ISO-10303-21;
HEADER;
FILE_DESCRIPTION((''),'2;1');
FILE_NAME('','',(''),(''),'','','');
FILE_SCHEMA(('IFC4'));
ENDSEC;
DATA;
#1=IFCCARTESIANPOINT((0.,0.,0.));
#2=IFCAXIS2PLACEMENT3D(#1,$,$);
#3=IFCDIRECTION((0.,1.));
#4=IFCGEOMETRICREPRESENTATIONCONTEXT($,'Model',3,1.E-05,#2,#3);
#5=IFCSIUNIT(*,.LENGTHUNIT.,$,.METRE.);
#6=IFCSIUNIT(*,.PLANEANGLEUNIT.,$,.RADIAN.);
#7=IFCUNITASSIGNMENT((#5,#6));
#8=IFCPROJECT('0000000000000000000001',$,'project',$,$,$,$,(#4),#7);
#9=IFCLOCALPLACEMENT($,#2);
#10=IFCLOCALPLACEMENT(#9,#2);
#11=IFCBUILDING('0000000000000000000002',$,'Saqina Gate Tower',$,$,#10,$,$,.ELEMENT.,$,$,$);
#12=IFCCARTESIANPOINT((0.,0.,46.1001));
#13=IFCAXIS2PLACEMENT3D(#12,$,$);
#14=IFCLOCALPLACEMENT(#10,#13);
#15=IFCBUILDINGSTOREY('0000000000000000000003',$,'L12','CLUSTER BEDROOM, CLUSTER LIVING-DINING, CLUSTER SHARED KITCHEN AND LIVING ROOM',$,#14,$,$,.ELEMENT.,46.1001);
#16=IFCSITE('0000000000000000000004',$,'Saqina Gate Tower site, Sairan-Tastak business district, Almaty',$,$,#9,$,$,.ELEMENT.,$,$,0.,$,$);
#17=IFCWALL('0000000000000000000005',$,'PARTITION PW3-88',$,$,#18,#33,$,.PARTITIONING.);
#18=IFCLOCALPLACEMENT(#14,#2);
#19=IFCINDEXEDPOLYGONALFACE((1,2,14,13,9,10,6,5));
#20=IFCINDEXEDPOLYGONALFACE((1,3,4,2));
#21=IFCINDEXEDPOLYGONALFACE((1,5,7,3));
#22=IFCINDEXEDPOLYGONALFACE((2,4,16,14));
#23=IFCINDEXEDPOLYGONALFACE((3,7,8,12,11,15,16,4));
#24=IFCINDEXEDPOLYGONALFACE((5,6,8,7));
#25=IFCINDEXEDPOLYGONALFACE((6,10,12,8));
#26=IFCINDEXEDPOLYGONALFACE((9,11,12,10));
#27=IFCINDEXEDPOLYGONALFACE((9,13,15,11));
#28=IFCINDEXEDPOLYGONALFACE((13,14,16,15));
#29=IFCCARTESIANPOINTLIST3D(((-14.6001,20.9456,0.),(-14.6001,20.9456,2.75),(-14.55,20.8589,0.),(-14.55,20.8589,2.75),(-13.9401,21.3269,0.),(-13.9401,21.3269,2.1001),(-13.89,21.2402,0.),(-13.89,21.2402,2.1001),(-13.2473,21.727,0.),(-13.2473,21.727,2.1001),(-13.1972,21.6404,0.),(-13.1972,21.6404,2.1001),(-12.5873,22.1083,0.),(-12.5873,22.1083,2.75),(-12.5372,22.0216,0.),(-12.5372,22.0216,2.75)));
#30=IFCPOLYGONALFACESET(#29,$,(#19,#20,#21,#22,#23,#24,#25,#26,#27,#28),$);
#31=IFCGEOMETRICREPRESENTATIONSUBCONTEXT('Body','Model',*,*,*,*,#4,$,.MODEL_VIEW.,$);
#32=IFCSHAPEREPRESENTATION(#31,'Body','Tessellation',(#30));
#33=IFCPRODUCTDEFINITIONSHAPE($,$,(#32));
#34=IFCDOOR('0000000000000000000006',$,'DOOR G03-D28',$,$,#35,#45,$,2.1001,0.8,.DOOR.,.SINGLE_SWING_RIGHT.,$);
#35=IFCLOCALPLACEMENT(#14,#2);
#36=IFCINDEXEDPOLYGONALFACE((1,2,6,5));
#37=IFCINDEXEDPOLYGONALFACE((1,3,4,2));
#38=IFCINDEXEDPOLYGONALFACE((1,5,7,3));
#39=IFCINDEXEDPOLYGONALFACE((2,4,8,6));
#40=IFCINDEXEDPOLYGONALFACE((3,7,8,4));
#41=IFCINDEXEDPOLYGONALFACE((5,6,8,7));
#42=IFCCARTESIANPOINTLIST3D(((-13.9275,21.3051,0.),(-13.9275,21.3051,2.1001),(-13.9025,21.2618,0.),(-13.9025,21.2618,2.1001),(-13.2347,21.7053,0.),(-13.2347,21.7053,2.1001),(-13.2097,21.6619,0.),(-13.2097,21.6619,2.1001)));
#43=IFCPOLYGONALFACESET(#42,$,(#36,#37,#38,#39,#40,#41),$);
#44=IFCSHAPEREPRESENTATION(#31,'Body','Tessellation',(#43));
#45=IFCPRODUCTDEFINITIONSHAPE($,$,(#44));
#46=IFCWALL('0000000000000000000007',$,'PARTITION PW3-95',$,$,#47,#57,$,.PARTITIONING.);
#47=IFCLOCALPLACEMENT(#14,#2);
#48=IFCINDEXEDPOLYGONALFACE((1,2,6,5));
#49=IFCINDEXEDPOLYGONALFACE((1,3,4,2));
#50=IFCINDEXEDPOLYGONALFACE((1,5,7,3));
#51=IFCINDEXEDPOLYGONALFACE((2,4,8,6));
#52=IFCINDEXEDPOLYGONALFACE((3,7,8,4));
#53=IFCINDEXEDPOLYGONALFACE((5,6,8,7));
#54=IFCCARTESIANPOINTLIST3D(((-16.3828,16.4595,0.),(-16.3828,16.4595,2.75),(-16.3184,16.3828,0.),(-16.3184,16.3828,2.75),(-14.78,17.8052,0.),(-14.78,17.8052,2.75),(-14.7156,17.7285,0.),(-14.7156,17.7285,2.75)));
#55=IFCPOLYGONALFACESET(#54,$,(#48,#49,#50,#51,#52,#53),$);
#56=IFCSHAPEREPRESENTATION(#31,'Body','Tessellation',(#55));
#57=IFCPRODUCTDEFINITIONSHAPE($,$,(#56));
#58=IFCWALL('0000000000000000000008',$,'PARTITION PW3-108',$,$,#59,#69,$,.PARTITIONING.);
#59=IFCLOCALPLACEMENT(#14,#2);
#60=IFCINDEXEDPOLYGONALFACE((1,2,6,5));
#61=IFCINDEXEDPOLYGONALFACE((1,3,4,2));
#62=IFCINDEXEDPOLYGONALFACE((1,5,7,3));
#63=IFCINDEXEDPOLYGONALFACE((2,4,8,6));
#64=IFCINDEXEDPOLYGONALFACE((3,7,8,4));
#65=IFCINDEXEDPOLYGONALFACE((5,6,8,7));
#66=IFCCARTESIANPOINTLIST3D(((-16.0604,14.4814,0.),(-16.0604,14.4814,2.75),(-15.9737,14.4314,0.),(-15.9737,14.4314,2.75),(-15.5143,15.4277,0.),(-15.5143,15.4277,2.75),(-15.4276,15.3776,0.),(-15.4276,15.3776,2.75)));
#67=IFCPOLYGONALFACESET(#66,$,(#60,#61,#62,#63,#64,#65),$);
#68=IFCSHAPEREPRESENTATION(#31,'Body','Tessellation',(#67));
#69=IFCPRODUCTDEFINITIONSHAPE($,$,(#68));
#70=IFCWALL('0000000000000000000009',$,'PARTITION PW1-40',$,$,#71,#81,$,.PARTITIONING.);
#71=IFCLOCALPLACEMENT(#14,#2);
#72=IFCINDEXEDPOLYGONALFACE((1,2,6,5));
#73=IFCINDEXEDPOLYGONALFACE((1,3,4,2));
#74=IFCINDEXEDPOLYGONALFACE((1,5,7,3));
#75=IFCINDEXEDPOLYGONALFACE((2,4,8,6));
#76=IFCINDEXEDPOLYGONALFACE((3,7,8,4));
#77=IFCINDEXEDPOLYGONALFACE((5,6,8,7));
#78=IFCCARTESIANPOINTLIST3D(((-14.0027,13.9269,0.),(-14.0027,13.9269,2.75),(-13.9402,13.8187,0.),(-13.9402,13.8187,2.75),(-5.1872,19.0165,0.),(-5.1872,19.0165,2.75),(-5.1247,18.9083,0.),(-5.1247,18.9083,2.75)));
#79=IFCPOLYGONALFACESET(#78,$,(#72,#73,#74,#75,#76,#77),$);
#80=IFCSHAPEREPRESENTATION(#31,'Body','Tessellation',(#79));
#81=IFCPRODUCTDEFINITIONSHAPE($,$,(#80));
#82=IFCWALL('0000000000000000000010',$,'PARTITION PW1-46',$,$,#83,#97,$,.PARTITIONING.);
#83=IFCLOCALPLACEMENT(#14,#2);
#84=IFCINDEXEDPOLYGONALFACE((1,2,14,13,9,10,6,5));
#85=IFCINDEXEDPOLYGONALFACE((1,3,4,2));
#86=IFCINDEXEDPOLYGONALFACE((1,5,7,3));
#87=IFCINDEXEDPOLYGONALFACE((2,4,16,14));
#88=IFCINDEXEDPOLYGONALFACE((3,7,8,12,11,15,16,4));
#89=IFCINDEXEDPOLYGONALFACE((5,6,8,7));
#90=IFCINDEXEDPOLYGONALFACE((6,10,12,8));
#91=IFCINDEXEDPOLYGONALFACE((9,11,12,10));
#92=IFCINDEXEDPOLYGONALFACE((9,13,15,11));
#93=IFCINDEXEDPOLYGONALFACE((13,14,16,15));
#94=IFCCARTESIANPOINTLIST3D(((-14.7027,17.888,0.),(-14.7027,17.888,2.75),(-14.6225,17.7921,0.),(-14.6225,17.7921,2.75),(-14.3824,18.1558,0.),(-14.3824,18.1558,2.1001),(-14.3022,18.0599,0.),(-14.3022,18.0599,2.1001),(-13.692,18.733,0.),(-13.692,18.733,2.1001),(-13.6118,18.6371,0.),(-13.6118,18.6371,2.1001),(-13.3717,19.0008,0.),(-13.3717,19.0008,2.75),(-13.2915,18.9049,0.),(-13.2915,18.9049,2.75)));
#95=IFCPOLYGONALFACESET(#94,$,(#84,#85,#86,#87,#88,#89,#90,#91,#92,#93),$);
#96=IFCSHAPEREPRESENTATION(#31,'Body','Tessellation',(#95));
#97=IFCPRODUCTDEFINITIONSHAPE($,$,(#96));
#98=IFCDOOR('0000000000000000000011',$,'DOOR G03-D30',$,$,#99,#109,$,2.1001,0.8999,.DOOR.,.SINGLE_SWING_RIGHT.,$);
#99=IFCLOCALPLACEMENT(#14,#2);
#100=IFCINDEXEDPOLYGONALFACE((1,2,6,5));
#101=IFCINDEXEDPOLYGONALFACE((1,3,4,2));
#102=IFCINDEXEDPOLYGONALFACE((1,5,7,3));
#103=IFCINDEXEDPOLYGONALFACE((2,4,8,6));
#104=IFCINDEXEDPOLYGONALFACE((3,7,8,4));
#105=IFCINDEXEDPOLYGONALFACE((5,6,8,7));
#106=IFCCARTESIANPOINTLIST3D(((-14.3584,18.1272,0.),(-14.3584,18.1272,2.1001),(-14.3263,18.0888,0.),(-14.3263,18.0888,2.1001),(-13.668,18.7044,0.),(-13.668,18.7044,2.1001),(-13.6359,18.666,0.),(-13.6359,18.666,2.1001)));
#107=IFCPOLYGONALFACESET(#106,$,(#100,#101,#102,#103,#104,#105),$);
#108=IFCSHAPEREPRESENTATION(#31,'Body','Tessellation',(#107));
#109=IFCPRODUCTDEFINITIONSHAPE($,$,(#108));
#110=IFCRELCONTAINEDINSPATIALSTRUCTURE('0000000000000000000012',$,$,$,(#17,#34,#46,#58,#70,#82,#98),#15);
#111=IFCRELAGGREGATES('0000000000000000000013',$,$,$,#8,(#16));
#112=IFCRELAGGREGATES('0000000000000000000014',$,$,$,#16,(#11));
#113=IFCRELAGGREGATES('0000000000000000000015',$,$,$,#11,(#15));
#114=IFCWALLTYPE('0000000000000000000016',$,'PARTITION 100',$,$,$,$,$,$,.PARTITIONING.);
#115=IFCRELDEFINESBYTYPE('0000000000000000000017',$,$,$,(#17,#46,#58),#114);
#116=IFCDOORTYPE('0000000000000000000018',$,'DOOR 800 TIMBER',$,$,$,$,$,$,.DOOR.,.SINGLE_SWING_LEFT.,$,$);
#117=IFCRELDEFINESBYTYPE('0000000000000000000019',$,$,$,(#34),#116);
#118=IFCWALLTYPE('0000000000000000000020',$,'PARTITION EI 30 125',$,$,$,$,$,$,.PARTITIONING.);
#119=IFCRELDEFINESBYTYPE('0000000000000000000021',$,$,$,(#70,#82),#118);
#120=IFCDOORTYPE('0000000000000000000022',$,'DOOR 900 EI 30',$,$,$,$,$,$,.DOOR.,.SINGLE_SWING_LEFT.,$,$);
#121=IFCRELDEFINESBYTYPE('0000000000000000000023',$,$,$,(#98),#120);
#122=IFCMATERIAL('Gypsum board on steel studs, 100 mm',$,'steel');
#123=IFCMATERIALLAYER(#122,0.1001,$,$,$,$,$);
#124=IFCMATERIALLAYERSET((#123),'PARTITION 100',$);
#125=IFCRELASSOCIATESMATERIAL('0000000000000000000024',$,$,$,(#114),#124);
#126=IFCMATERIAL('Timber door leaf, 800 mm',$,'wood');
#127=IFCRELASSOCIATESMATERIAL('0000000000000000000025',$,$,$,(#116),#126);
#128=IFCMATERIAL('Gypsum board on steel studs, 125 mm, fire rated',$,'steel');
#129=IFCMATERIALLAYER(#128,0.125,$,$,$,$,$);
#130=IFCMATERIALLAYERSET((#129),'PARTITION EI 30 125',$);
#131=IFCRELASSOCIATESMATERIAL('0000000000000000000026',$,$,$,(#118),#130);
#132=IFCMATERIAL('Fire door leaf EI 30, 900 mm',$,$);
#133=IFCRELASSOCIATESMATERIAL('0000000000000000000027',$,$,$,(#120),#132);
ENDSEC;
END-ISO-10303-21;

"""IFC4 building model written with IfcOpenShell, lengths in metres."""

from ifc_helpers import new_model, si_unit, direction, frame, frame_2d, origin, place, context, subcontext, project, spatial, rectangle, extrude, material, layer, layer_set, type_object, element, fill, save


model = new_model("IFC4")

# Units and contexts
model_context = context("Model", 3, precision=1e-05, world=origin(), true_north=direction((0.0, 1.0)))
body_context = subcontext(model_context, "Body", "Model", "MODEL_VIEW")
ifc_project = project(units=[si_unit("LENGTHUNIT", "METRE"), si_unit("PLANEANGLEUNIT", "RADIAN")], contexts=[model_context])

# Site, building, storey
site_placement = place(None, origin())
site = spatial("IfcSite", under=ifc_project, at=site_placement, Name="Saqina Gate Tower site, Sairan-Tastak business district, Almaty", CompositionType="ELEMENT", RefElevation=0.0)
building_placement = place(site_placement, origin())
building = spatial("IfcBuilding", under=site, at=building_placement, Name="Saqina Gate Tower", CompositionType="ELEMENT")
storey_placement = place(building_placement, frame((0.0, 0.0, 46.1001)))
storey = spatial("IfcBuildingStorey", under=building, at=storey_placement, Name="L12", Description="CLUSTER BEDROOM, CLUSTER LIVING-DINING, CLUSTER SHARED KITCHEN AND LIVING ROOM", CompositionType="ELEMENT", Elevation=46.1001)

# Shared definitions
ifc_material_1 = material(Name="Gypsum board on steel studs, 100 mm", Category="steel")
ifc_layer_1 = layer(ifc_material_1, 0.1001)
ifc_layer_set_1 = layer_set([ifc_layer_1], Name="PARTITION 100")
wall_type_1 = type_object("IfcWallType", Name="PARTITION 100", PredefinedType="PARTITIONING", material=ifc_layer_set_1)

# Shared definitions
ifc_material_2 = material(Name="Timber door leaf, 800 mm", Category="wood")
door_type_1 = type_object("IfcDoorType", Name="DOOR 800 TIMBER", OperationType="SINGLE_SWING_LEFT", PredefinedType="DOOR", material=ifc_material_2)

# Wall, opening, door
wall_1_placement = place(storey_placement, frame((-14.575, 20.9023, 0.0), z_axis=(0.0, 0.0, 1.0), x_axis=(0.86592, 0.500183, 0.0)))
wall_1 = element("IfcWall", 1, at=wall_1_placement, inside=storey, type_object=wall_type_1, Name="PARTITION PW3-88", PredefinedType="PARTITIONING", context=body_context, shape_type="SweptSolid", body=[
    extrude(rectangle(XDim=2.3245, YDim=0.1001, at=frame_2d((1.1621, 0.0))), origin(), (0.0, 0.0, 1.0), 2.75),
])
opening_1_placement = place(wall_1_placement, frame((0.7622, 0.0, 0.0)))
opening_1 = element("IfcOpeningElement", 2, at=opening_1_placement, cuts=wall_1, PredefinedType="OPENING", context=body_context, shape_type="SweptSolid", body=[
    extrude(rectangle(XDim=0.8, YDim=2.1001, at=frame_2d((0.3999, 1.05))), frame((0.0, 0.062, 0.0), z_axis=(0.0, -1.0, 0.0), x_axis=(1.0, 0.0, 0.0)), (0.0, 0.0, 1.0), 0.124),
])
door_1_placement = place(opening_1_placement, origin())
door_1 = element("IfcDoor", 3, at=door_1_placement, inside=storey, type_object=door_type_1, Name="DOOR G03-D28", OperationType="SINGLE_SWING_RIGHT", OverallHeight=2.1001, OverallWidth=0.8, PredefinedType="DOOR", context=body_context, shape_type="SweptSolid", body=[
    extrude(rectangle(XDim=0.8, YDim=2.1001, at=frame_2d((0.3999, 1.05))), frame((0.0, 0.0249, 0.0), z_axis=(0.0, -1.0, 0.0), x_axis=(1.0, 0.0, 0.0)), (0.0, 0.0, 1.0), 0.05),
])
fill(opening_1, door_1)

# Walls
wall_2_placement = place(storey_placement, frame((-16.3506, 16.4211, 0.0), z_axis=(0.0, 0.0, 1.0), x_axis=(0.765854, 0.643014, 0.0)))
element("IfcWall", 4, at=wall_2_placement, inside=storey, type_object=wall_type_1, Name="PARTITION PW3-95", PredefinedType="PARTITIONING", context=body_context, shape_type="SweptSolid", body=[
    extrude(rectangle(XDim=2.0928, YDim=0.1001, at=frame_2d((1.0464, 0.0))), origin(), (0.0, 0.0, 1.0), 2.75),
])
wall_3_placement = place(storey_placement, frame((-16.0171, 14.4563, 0.0), z_axis=(0.0, 0.0, 1.0), x_axis=(0.499864, 0.866104, 0.0)))
element("IfcWall", 5, at=wall_3_placement, inside=storey, type_object=wall_type_1, Name="PARTITION PW3-108", PredefinedType="PARTITIONING", context=body_context, shape_type="SweptSolid", body=[
    extrude(rectangle(XDim=1.0925, YDim=0.1001, at=frame_2d((0.5464, 0.0))), origin(), (0.0, 0.0, 1.0), 2.75),
])
ifc_material_3 = material(Name="Gypsum board on steel studs, 125 mm, fire rated", Category="steel")
ifc_layer_2 = layer(ifc_material_3, 0.125)
ifc_layer_set_2 = layer_set([ifc_layer_2], Name="PARTITION EI 30 125")
wall_type_2 = type_object("IfcWallType", Name="PARTITION EI 30 125", PredefinedType="PARTITIONING", material=ifc_layer_set_2)
wall_4_placement = place(storey_placement, frame((-13.9714, 13.8728, 0.0), z_axis=(0.0, 0.0, 1.0), x_axis=(0.866025, 0.500001, 0.0)))
element("IfcWall", 6, at=wall_4_placement, inside=storey, type_object=wall_type_2, Name="PARTITION PW1-40", PredefinedType="PARTITIONING", context=body_context, shape_type="SweptSolid", body=[
    extrude(rectangle(XDim=10.1792, YDim=0.125, at=frame_2d((5.0896, 0.0))), origin(), (0.0, 0.0, 1.0), 2.75),
])

# Wall, opening, door
wall_5_placement = place(storey_placement, frame((-14.6626, 17.8401, 0.0), z_axis=(0.0, 0.0, 1.0), x_axis=(0.767205, 0.641402, 0.0)))
wall_5 = element("IfcWall", 7, at=wall_5_placement, inside=storey, type_object=wall_type_2, Name="PARTITION PW1-46", PredefinedType="PARTITIONING", context=body_context, shape_type="SweptSolid", body=[
    extrude(rectangle(XDim=1.7349, YDim=0.125, at=frame_2d((0.8674, 0.0))), origin(), (0.0, 0.0, 1.0), 2.75),
])
opening_2_placement = place(wall_5_placement, frame((0.4175, 0.0, 0.0)))
opening_2 = element("IfcOpeningElement", 8, at=opening_2_placement, cuts=wall_5, PredefinedType="OPENING", context=body_context, shape_type="SweptSolid", body=[
    extrude(rectangle(XDim=0.8999, YDim=2.1001, at=frame_2d((0.45, 1.05))), frame((0.0, 0.0745, 0.0), z_axis=(0.0, -1.0, 0.0), x_axis=(1.0, 0.0, 0.0)), (0.0, 0.0, 1.0), 0.1489),
])
ifc_material_4 = material(Name="Fire door leaf EI 30, 900 mm")
door_type_2 = type_object("IfcDoorType", Name="DOOR 900 EI 30", OperationType="SINGLE_SWING_LEFT", PredefinedType="DOOR", material=ifc_material_4)
door_2_placement = place(opening_2_placement, frame((0.8999, 0.0, 0.0), z_axis=(0.0, 0.0, 1.0), x_axis=(-1.0, 0.0, 0.0)))
door_2 = element("IfcDoor", 9, at=door_2_placement, inside=storey, type_object=door_type_2, Name="DOOR G03-D30", OperationType="SINGLE_SWING_RIGHT", OverallHeight=2.1001, OverallWidth=0.8999, PredefinedType="DOOR", context=body_context, shape_type="SweptSolid", body=[
    extrude(rectangle(XDim=0.8999, YDim=2.1001, at=frame_2d((0.45, 1.05))), frame((0.0, 0.0249, 0.0), z_axis=(0.0, -1.0, 0.0), x_axis=(1.0, 0.0, 0.0)), (0.0, 0.0, 1.0), 0.05),
])
fill(opening_2, door_2)

save(model, "model.ifc")
